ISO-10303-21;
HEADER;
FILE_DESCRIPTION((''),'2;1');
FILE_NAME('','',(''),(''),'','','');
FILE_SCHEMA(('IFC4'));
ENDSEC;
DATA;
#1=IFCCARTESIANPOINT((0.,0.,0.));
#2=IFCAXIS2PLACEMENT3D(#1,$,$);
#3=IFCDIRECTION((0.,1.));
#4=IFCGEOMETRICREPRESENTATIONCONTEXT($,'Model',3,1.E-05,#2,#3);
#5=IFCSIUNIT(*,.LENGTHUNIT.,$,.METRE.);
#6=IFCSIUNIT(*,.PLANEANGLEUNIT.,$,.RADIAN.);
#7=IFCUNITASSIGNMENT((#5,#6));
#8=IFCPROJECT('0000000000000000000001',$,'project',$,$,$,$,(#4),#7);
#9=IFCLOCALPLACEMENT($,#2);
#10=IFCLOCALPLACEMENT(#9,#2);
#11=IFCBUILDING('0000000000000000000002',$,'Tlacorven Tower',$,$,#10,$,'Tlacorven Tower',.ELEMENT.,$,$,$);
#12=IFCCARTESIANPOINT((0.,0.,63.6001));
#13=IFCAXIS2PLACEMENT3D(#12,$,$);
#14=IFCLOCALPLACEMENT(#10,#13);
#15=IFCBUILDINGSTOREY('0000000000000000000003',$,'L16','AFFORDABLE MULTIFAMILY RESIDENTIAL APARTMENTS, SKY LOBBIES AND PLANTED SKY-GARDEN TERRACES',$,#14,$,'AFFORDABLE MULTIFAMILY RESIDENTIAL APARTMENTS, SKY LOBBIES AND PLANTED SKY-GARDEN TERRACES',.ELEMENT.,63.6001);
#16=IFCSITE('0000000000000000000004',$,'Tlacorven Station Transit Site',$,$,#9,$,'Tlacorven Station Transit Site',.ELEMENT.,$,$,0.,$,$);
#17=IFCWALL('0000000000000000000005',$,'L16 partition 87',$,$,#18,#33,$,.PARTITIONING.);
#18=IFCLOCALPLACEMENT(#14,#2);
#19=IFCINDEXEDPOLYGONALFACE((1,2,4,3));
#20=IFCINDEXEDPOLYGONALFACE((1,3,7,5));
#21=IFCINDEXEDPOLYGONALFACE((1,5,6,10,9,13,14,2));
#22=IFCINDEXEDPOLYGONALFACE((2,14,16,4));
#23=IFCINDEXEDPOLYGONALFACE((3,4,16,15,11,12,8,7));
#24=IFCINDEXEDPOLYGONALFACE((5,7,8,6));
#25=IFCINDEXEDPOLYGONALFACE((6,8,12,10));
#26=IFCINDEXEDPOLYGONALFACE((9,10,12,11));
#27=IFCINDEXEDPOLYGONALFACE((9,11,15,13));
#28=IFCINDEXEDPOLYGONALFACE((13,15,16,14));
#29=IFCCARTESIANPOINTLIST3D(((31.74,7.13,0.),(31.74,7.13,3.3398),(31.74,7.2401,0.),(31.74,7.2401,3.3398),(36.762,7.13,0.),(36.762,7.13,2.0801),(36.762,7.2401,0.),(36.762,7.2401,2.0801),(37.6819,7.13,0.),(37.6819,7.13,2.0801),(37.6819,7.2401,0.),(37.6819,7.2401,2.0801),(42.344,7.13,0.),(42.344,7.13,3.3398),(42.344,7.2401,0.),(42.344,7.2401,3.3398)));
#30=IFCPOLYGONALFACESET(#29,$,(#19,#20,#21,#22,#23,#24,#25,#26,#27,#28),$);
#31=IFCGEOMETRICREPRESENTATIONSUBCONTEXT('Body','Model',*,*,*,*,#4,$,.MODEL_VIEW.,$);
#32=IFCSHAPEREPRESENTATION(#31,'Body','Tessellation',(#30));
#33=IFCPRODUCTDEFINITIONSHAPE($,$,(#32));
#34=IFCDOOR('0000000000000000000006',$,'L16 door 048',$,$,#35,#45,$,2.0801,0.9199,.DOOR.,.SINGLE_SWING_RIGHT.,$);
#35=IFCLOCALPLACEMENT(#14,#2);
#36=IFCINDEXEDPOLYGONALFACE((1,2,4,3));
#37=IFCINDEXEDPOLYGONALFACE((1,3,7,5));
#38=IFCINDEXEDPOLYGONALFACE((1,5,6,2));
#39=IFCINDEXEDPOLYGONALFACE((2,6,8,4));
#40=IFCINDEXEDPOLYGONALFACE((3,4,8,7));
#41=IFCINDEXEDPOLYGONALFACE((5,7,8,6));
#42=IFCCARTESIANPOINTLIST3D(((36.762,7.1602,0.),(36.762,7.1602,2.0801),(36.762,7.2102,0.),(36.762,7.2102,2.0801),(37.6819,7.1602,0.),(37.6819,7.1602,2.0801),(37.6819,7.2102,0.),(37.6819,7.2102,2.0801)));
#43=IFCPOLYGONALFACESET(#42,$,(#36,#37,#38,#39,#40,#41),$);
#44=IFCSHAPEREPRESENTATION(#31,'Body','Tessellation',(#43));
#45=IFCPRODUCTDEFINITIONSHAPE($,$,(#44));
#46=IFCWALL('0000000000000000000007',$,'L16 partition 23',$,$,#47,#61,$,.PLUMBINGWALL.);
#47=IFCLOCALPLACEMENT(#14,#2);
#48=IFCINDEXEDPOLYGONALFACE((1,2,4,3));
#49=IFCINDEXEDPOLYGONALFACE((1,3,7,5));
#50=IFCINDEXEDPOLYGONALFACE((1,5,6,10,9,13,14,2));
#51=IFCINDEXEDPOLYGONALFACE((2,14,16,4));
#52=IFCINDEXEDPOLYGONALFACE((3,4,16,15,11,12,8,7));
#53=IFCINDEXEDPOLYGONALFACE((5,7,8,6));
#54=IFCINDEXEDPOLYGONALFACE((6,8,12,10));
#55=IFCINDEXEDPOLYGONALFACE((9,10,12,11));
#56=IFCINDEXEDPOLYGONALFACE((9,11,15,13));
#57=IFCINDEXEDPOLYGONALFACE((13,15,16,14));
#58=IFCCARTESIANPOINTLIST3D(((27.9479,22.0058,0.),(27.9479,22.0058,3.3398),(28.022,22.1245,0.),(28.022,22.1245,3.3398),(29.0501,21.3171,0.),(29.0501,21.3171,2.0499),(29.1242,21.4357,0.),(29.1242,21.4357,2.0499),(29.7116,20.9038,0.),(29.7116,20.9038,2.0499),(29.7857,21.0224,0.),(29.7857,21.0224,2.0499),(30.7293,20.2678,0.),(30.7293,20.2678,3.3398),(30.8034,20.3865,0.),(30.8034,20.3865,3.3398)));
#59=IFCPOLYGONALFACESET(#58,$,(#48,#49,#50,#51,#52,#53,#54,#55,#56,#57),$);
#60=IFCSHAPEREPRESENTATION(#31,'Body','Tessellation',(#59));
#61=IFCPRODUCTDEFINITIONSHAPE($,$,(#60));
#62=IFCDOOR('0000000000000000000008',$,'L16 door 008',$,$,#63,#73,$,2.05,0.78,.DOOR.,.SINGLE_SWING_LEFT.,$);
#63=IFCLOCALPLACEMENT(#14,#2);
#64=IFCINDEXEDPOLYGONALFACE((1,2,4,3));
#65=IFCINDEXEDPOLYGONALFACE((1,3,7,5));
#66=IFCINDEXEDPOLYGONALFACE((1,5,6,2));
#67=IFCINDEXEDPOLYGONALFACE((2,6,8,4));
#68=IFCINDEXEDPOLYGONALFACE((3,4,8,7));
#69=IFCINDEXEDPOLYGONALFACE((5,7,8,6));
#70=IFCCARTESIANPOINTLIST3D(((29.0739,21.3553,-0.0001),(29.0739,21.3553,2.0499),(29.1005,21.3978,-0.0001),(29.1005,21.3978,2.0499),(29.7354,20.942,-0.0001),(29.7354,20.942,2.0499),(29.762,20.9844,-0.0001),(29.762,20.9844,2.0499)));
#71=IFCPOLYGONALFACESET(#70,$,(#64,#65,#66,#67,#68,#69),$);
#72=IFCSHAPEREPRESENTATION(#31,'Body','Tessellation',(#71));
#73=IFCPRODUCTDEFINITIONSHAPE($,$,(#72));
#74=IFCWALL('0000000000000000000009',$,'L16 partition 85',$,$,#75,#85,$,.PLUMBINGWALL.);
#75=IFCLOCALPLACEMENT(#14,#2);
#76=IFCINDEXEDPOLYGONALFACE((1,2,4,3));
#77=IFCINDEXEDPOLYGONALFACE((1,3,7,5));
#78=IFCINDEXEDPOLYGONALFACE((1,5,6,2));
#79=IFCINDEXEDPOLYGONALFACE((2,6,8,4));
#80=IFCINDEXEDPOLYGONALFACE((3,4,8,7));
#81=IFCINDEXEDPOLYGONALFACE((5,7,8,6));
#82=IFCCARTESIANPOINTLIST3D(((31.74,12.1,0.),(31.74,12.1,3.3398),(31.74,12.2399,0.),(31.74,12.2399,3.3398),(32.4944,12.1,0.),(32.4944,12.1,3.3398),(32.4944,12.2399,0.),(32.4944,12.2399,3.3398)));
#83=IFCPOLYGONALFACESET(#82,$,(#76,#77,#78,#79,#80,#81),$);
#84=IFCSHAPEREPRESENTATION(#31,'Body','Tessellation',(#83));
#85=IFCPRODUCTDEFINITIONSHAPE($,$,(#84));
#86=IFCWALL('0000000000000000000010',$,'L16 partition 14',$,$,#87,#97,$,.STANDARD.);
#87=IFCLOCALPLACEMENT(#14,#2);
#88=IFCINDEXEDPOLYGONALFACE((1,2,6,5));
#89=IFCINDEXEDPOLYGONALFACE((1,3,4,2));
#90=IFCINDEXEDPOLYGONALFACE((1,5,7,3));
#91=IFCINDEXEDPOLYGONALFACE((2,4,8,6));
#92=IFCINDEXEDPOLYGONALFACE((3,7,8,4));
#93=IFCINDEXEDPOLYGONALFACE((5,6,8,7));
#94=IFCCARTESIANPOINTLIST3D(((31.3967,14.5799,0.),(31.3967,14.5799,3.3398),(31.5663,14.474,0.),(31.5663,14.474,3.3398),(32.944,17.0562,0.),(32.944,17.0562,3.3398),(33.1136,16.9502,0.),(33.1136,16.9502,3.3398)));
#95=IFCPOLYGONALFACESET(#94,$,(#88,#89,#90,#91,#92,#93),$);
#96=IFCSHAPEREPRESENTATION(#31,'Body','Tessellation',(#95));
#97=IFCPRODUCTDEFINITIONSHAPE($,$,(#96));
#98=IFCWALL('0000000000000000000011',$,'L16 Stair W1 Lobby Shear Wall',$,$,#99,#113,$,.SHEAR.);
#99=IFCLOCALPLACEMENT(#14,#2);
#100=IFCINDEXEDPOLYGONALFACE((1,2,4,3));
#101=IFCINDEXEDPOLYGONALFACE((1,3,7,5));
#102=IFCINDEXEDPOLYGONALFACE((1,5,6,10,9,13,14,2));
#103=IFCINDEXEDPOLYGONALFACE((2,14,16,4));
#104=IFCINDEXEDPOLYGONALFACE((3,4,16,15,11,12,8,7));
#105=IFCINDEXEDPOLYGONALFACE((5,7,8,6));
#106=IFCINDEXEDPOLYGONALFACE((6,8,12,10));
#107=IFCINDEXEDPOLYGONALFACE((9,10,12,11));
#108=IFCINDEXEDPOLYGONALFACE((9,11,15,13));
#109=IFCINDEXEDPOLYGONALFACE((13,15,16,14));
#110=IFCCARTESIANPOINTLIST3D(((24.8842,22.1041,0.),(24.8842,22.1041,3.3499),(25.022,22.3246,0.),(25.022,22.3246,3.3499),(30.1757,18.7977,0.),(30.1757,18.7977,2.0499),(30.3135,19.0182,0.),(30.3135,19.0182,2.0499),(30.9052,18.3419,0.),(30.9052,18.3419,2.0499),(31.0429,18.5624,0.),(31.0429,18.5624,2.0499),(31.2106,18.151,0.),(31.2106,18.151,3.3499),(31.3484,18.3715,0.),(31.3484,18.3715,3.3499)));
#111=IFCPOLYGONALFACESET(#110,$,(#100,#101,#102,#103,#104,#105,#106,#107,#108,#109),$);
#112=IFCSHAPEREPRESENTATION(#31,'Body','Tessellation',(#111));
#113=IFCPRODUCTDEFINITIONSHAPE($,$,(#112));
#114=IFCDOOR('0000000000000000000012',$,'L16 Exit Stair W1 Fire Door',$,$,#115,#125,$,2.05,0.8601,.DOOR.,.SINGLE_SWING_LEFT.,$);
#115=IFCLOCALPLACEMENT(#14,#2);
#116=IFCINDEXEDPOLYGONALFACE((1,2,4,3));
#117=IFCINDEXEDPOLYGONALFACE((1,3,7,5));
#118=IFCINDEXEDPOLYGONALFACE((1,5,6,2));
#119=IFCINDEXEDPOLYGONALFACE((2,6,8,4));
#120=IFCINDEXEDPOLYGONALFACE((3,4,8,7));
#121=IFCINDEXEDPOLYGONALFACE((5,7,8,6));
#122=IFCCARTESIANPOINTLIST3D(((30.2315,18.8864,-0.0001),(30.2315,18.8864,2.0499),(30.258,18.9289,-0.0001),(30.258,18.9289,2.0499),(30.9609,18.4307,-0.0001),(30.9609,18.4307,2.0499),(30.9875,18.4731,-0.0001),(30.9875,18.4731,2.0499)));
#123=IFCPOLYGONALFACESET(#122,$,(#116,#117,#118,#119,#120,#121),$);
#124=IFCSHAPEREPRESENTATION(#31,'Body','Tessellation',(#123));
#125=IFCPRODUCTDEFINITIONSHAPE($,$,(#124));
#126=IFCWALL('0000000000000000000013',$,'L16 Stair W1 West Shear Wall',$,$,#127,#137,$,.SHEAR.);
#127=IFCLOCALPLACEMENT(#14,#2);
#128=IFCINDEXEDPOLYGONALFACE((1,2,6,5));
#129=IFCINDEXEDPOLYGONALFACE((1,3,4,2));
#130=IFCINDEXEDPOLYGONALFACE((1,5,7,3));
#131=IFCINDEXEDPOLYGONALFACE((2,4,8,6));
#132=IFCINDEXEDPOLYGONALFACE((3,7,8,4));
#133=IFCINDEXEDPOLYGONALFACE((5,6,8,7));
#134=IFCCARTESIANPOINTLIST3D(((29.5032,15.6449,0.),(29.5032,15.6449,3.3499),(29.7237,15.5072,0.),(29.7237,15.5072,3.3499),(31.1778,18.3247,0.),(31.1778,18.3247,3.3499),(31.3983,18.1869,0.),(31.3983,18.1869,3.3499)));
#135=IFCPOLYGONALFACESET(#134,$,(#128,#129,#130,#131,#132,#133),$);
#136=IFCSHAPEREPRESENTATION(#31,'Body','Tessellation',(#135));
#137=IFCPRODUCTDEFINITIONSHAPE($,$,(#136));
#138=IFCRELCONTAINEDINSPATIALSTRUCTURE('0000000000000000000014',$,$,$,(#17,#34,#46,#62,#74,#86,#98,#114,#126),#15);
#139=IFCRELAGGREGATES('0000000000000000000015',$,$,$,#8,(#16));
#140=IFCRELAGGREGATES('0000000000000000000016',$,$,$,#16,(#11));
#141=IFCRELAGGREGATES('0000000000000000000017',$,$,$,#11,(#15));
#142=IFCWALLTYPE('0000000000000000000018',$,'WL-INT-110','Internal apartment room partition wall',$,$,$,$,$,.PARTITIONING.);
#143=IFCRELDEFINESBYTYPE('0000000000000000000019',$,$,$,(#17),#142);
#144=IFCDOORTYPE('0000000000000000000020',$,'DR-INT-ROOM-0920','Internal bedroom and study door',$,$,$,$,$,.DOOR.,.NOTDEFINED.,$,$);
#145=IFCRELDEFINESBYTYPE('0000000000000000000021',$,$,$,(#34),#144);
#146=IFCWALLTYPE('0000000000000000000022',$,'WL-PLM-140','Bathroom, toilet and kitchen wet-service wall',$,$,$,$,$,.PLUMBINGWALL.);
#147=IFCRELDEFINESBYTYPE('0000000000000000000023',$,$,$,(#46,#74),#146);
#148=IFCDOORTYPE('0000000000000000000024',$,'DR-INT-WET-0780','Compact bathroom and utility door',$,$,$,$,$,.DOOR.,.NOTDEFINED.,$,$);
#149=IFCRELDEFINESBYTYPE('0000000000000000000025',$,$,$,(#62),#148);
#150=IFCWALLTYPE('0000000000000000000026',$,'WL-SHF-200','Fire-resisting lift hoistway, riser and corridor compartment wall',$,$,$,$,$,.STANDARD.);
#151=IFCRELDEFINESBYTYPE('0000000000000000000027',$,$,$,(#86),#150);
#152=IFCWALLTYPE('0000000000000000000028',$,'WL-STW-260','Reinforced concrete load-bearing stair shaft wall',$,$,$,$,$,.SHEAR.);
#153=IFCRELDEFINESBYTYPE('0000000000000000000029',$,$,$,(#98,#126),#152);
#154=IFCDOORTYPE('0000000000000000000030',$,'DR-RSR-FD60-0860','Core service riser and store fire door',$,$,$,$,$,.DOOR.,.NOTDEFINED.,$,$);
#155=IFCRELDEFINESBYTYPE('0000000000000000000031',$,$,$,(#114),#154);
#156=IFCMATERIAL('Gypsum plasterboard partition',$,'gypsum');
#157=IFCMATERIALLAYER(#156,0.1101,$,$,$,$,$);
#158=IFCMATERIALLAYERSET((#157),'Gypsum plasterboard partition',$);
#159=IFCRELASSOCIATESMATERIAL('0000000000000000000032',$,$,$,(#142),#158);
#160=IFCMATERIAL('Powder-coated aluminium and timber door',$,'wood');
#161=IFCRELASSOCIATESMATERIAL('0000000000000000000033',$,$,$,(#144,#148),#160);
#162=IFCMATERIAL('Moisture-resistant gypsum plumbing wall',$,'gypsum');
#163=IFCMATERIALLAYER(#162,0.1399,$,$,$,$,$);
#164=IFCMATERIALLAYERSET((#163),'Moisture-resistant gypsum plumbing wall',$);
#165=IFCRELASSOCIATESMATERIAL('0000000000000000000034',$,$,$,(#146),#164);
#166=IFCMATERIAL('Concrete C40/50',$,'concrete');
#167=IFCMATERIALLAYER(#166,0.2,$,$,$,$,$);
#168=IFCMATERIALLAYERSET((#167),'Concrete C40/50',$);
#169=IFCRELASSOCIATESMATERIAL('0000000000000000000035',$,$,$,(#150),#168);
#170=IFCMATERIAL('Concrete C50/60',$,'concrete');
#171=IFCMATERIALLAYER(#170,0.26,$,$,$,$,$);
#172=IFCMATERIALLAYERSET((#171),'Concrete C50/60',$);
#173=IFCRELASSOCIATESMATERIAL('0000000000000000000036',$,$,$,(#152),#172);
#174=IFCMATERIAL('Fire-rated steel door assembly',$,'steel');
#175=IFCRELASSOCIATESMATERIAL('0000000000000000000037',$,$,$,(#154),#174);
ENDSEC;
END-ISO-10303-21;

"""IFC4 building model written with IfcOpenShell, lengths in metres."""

from ifc_helpers import new_model, si_unit, direction, frame, frame_2d, origin, place, context, subcontext, project, spatial, rectangle, extrude, source, transform, mapped, material, layer, layer_set, type_object, element, fill, save


model = new_model("IFC4")

# Units and contexts
model_context = context("Model", 3, precision=1e-05, world=origin(), true_north=direction((0.0, 1.0)))
body_context = subcontext(model_context, "Body", "Model", "MODEL_VIEW")
ifc_project = project(units=[si_unit("LENGTHUNIT", "METRE"), si_unit("PLANEANGLEUNIT", "RADIAN")], contexts=[model_context])

# Site, building, storey
site_placement = place(None, origin())
site = spatial("IfcSite", under=ifc_project, at=site_placement, Name="Tlacorven Station Transit Site", LongName="Tlacorven Station Transit Site", CompositionType="ELEMENT", RefElevation=0.0)
building_placement = place(site_placement, origin())
building = spatial("IfcBuilding", under=site, at=building_placement, Name="Tlacorven Tower", LongName="Tlacorven Tower", CompositionType="ELEMENT")
storey_placement = place(building_placement, frame((0.0, 0.0, 63.6001)))
storey = spatial("IfcBuildingStorey", under=building, at=storey_placement, Name="L16", Description="AFFORDABLE MULTIFAMILY RESIDENTIAL APARTMENTS, SKY LOBBIES AND PLANTED SKY-GARDEN TERRACES", LongName="AFFORDABLE MULTIFAMILY RESIDENTIAL APARTMENTS, SKY LOBBIES AND PLANTED SKY-GARDEN TERRACES", CompositionType="ELEMENT", Elevation=63.6001)

# Shared definitions
ifc_material_1 = material(Name="Fire-rated steel door assembly", Category="steel")

# Walls, openings, doors
ifc_material_2 = material(Name="Gypsum plasterboard partition", Category="gypsum")
ifc_layer_1 = layer(ifc_material_2, 0.1101)
ifc_layer_set_1 = layer_set([ifc_layer_1], Name="Gypsum plasterboard partition")
wall_type_1 = type_object("IfcWallType", Name="WL-INT-110", Description="Internal apartment room partition wall", PredefinedType="PARTITIONING", material=ifc_layer_set_1)
wall_1_placement = place(storey_placement, frame((31.74, 7.1851, 0.0), z_axis=(0.0, 0.0, 1.0), x_axis=(1.0, 0.0, 0.0)))
wall_1 = element("IfcWall", 1, at=wall_1_placement, inside=storey, type_object=wall_type_1, Name="L16 partition 87", PredefinedType="PARTITIONING", context=body_context, shape_type="SweptSolid", body=[
    extrude(rectangle(XDim=10.604, YDim=0.1101, at=frame_2d((5.302, 0.0))), origin(), (0.0, 0.0, 1.0), 3.3398),
])
opening_1_placement = place(wall_1_placement, frame((5.022, 0.0, 0.0)))
opening_1 = element("IfcOpeningElement", 2, at=opening_1_placement, cuts=wall_1, PredefinedType="OPENING", context=body_context, shape_type="SweptSolid", body=[
    extrude(rectangle(XDim=0.9199, YDim=2.0801, at=frame_2d((0.46, 1.04))), frame((0.0, 0.0649, 0.0), z_axis=(0.0, -1.0, 0.0), x_axis=(1.0, 0.0, 0.0)), (0.0, 0.0, 1.0), 0.1301),
])
ifc_material_3 = material(Name="Powder-coated aluminium and timber door", Category="wood")
door_type_1 = type_object("IfcDoorType", Name="DR-INT-ROOM-0920", Description="Internal bedroom and study door", OperationType="NOTDEFINED", PredefinedType="DOOR", material=ifc_material_3)
shared_shape_1 = source(origin(), body_context, "Body", "SweptSolid", [
    extrude(rectangle(XDim=0.9199, YDim=2.0801, at=frame_2d((0.46, 1.04))), frame((0.0, 0.0249, 0.0), z_axis=(0.0, -1.0, 0.0), x_axis=(1.0, 0.0, 0.0)), (0.0, 0.0, 1.0), 0.05),
])
door_1_placement = place(opening_1_placement, frame((0.9199, 0.0, 0.0), z_axis=(0.0, 0.0, 1.0), x_axis=(-1.0, 0.0, 0.0)))
door_1 = element("IfcDoor", 3, at=door_1_placement, inside=storey, type_object=door_type_1, Name="L16 door 048", OperationType="SINGLE_SWING_RIGHT", OverallHeight=2.0801, OverallWidth=0.9199, PredefinedType="DOOR", context=body_context, shape_type="MappedRepresentation", body=[
    mapped(shared_shape_1, transform((0.0, 0.0, 0.0), scale=1.0)),
])
fill(opening_1, door_1)
ifc_material_4 = material(Name="Moisture-resistant gypsum plumbing wall", Category="gypsum")
ifc_layer_2 = layer(ifc_material_4, 0.1399)
ifc_layer_set_2 = layer_set([ifc_layer_2], Name="Moisture-resistant gypsum plumbing wall")
wall_type_2 = type_object("IfcWallType", Name="WL-PLM-140", Description="Bathroom, toilet and kitchen wet-service wall", PredefinedType="PLUMBINGWALL", material=ifc_layer_set_2)
wall_2_placement = place(storey_placement, frame((30.7664, 20.3271, 0.0), z_axis=(0.0, 0.0, 1.0), x_axis=(-0.848053, 0.529912, 0.0)))
wall_2 = element("IfcWall", 4, at=wall_2_placement, inside=storey, type_object=wall_type_2, Name="L16 partition 23", PredefinedType="PLUMBINGWALL", context=body_context, shape_type="SweptSolid", body=[
    extrude(rectangle(XDim=3.2798, YDim=0.1399, at=frame_2d((1.6399, 0.0))), origin(), (0.0, 0.0, 1.0), 3.3398),
])
opening_2_placement = place(wall_2_placement, frame((1.2, 0.0, 0.0)))
opening_2 = element("IfcOpeningElement", 5, at=opening_2_placement, cuts=wall_2, PredefinedType="OPENING", context=body_context, shape_type="SweptSolid", body=[
    extrude(rectangle(XDim=0.78, YDim=2.05, at=frame_2d((0.3901, 1.0249))), frame((0.0, 0.0801, 0.0), z_axis=(0.0, -1.0, 0.0), x_axis=(1.0, 0.0, 0.0)), (0.0, 0.0, 1.0), 0.1599),
])
door_type_2 = type_object("IfcDoorType", Name="DR-INT-WET-0780", Description="Compact bathroom and utility door", OperationType="NOTDEFINED", PredefinedType="DOOR", material=ifc_material_3)
shared_shape_2 = source(origin(), body_context, "Body", "SweptSolid", [
    extrude(rectangle(XDim=0.78, YDim=2.05, at=frame_2d((0.3901, 1.0249))), frame((0.0, 0.0249, 0.0), z_axis=(0.0, -1.0, 0.0), x_axis=(1.0, 0.0, 0.0)), (0.0, 0.0, 1.0), 0.05),
])
door_2_placement = place(opening_2_placement, origin())
door_2 = element("IfcDoor", 6, at=door_2_placement, inside=storey, type_object=door_type_2, Name="L16 door 008", OperationType="SINGLE_SWING_LEFT", OverallHeight=2.05, OverallWidth=0.78, PredefinedType="DOOR", context=body_context, shape_type="MappedRepresentation", body=[
    mapped(shared_shape_2, transform((0.0, 0.0, 0.0), scale=1.0)),
])
fill(opening_2, door_2)

# Walls
wall_3_placement = place(storey_placement, frame((31.74, 12.1699, 0.0), z_axis=(0.0, 0.0, 1.0), x_axis=(1.0, 0.0, 0.0)))
element("IfcWall", 7, at=wall_3_placement, inside=storey, type_object=wall_type_2, Name="L16 partition 85", PredefinedType="PLUMBINGWALL", context=body_context, shape_type="SweptSolid", body=[
    extrude(rectangle(XDim=0.7544, YDim=0.1399, at=frame_2d((0.3772, 0.0))), origin(), (0.0, 0.0, 1.0), 3.3398),
])
ifc_material_5 = material(Name="Concrete C40/50", Category="concrete")
ifc_layer_3 = layer(ifc_material_5, 0.2)
ifc_layer_set_3 = layer_set([ifc_layer_3], Name="Concrete C40/50")
wall_type_3 = type_object("IfcWallType", Name="WL-SHF-200", Description="Fire-resisting lift hoistway, riser and corridor compartment wall", PredefinedType="STANDARD", material=ifc_layer_set_3)
wall_4_placement = place(storey_placement, frame((33.0288, 17.0032, 0.0), z_axis=(0.0, 0.0, 1.0), x_axis=(-0.529916, -0.84805, 0.0)))
element("IfcWall", 8, at=wall_4_placement, inside=storey, type_object=wall_type_3, Name="L16 partition 14", PredefinedType="STANDARD", context=body_context, shape_type="SweptSolid", body=[
    extrude(rectangle(XDim=2.9199, YDim=0.2, at=frame_2d((1.46, 0.0))), origin(), (0.0, 0.0, 1.0), 3.3398),
])

# Wall, opening, door
ifc_material_6 = material(Name="Concrete C50/60", Category="concrete")
ifc_layer_4 = layer(ifc_material_6, 0.26)
ifc_layer_set_4 = layer_set([ifc_layer_4], Name="Concrete C50/60")
wall_type_4 = type_object("IfcWallType", Name="WL-STW-260", Description="Reinforced concrete load-bearing stair shaft wall", PredefinedType="SHEAR", material=ifc_layer_set_4)
wall_5_placement = place(storey_placement, frame((31.2795, 18.2612, 0.0), z_axis=(0.0, 0.0, 1.0), x_axis=(-0.848052, 0.529914, 0.0)))
wall_5 = element("IfcWall", 9, at=wall_5_placement, inside=storey, type_object=wall_type_4, Name="L16 Stair W1 Lobby Shear Wall", PredefinedType="SHEAR", context=body_context, shape_type="SweptSolid", body=[
    extrude(rectangle(XDim=7.46, YDim=0.26, at=frame_2d((3.73, 0.0))), origin(), (0.0, 0.0, 1.0), 3.3499),
])
opening_3_placement = place(wall_5_placement, frame((0.3601, 0.0, 0.0)))
opening_3 = element("IfcOpeningElement", 10, at=opening_3_placement, cuts=wall_5, PredefinedType="OPENING", context=body_context, shape_type="SweptSolid", body=[
    extrude(rectangle(XDim=0.8601, YDim=2.05, at=frame_2d((0.4302, 1.0249))), frame((0.0, 0.1401, 0.0), z_axis=(0.0, -1.0, 0.0), x_axis=(1.0, 0.0, 0.0)), (0.0, 0.0, 1.0), 0.28),
])
door_type_3 = type_object("IfcDoorType", Name="DR-RSR-FD60-0860", Description="Core service riser and store fire door", OperationType="NOTDEFINED", PredefinedType="DOOR", material=ifc_material_1)
shared_shape_3 = source(origin(), body_context, "Body", "SweptSolid", [
    extrude(rectangle(XDim=0.8601, YDim=2.05, at=frame_2d((0.4302, 1.0249))), frame((0.0, 0.0249, 0.0), z_axis=(0.0, -1.0, 0.0), x_axis=(1.0, 0.0, 0.0)), (0.0, 0.0, 1.0), 0.05),
])
door_3_placement = place(opening_3_placement, frame((0.8601, 0.0, 0.0), z_axis=(0.0, 0.0, 1.0), x_axis=(-1.0, 0.0, 0.0)))
door_3 = element("IfcDoor", 11, at=door_3_placement, inside=storey, type_object=door_type_3, Name="L16 Exit Stair W1 Fire Door", OperationType="SINGLE_SWING_LEFT", OverallHeight=2.05, OverallWidth=0.8601, PredefinedType="DOOR", context=body_context, shape_type="MappedRepresentation", body=[
    mapped(shared_shape_3, transform((0.0, 0.0, 0.0), scale=1.0)),
])
fill(opening_3, door_3)

# Wall
wall_6_placement = place(storey_placement, frame((31.2881, 18.2559, 0.0), z_axis=(0.0, 0.0, 1.0), x_axis=(-0.529943, -0.848033, 0.0)))
element("IfcWall", 12, at=wall_6_placement, inside=storey, type_object=wall_type_4, Name="L16 Stair W1 West Shear Wall", PredefinedType="SHEAR", context=body_context, shape_type="SweptSolid", body=[
    extrude(rectangle(XDim=3.1599, YDim=0.26, at=frame_2d((1.5801, 0.0))), origin(), (0.0, 0.0, 1.0), 3.3499),
])

save(model, "model.ifc")
